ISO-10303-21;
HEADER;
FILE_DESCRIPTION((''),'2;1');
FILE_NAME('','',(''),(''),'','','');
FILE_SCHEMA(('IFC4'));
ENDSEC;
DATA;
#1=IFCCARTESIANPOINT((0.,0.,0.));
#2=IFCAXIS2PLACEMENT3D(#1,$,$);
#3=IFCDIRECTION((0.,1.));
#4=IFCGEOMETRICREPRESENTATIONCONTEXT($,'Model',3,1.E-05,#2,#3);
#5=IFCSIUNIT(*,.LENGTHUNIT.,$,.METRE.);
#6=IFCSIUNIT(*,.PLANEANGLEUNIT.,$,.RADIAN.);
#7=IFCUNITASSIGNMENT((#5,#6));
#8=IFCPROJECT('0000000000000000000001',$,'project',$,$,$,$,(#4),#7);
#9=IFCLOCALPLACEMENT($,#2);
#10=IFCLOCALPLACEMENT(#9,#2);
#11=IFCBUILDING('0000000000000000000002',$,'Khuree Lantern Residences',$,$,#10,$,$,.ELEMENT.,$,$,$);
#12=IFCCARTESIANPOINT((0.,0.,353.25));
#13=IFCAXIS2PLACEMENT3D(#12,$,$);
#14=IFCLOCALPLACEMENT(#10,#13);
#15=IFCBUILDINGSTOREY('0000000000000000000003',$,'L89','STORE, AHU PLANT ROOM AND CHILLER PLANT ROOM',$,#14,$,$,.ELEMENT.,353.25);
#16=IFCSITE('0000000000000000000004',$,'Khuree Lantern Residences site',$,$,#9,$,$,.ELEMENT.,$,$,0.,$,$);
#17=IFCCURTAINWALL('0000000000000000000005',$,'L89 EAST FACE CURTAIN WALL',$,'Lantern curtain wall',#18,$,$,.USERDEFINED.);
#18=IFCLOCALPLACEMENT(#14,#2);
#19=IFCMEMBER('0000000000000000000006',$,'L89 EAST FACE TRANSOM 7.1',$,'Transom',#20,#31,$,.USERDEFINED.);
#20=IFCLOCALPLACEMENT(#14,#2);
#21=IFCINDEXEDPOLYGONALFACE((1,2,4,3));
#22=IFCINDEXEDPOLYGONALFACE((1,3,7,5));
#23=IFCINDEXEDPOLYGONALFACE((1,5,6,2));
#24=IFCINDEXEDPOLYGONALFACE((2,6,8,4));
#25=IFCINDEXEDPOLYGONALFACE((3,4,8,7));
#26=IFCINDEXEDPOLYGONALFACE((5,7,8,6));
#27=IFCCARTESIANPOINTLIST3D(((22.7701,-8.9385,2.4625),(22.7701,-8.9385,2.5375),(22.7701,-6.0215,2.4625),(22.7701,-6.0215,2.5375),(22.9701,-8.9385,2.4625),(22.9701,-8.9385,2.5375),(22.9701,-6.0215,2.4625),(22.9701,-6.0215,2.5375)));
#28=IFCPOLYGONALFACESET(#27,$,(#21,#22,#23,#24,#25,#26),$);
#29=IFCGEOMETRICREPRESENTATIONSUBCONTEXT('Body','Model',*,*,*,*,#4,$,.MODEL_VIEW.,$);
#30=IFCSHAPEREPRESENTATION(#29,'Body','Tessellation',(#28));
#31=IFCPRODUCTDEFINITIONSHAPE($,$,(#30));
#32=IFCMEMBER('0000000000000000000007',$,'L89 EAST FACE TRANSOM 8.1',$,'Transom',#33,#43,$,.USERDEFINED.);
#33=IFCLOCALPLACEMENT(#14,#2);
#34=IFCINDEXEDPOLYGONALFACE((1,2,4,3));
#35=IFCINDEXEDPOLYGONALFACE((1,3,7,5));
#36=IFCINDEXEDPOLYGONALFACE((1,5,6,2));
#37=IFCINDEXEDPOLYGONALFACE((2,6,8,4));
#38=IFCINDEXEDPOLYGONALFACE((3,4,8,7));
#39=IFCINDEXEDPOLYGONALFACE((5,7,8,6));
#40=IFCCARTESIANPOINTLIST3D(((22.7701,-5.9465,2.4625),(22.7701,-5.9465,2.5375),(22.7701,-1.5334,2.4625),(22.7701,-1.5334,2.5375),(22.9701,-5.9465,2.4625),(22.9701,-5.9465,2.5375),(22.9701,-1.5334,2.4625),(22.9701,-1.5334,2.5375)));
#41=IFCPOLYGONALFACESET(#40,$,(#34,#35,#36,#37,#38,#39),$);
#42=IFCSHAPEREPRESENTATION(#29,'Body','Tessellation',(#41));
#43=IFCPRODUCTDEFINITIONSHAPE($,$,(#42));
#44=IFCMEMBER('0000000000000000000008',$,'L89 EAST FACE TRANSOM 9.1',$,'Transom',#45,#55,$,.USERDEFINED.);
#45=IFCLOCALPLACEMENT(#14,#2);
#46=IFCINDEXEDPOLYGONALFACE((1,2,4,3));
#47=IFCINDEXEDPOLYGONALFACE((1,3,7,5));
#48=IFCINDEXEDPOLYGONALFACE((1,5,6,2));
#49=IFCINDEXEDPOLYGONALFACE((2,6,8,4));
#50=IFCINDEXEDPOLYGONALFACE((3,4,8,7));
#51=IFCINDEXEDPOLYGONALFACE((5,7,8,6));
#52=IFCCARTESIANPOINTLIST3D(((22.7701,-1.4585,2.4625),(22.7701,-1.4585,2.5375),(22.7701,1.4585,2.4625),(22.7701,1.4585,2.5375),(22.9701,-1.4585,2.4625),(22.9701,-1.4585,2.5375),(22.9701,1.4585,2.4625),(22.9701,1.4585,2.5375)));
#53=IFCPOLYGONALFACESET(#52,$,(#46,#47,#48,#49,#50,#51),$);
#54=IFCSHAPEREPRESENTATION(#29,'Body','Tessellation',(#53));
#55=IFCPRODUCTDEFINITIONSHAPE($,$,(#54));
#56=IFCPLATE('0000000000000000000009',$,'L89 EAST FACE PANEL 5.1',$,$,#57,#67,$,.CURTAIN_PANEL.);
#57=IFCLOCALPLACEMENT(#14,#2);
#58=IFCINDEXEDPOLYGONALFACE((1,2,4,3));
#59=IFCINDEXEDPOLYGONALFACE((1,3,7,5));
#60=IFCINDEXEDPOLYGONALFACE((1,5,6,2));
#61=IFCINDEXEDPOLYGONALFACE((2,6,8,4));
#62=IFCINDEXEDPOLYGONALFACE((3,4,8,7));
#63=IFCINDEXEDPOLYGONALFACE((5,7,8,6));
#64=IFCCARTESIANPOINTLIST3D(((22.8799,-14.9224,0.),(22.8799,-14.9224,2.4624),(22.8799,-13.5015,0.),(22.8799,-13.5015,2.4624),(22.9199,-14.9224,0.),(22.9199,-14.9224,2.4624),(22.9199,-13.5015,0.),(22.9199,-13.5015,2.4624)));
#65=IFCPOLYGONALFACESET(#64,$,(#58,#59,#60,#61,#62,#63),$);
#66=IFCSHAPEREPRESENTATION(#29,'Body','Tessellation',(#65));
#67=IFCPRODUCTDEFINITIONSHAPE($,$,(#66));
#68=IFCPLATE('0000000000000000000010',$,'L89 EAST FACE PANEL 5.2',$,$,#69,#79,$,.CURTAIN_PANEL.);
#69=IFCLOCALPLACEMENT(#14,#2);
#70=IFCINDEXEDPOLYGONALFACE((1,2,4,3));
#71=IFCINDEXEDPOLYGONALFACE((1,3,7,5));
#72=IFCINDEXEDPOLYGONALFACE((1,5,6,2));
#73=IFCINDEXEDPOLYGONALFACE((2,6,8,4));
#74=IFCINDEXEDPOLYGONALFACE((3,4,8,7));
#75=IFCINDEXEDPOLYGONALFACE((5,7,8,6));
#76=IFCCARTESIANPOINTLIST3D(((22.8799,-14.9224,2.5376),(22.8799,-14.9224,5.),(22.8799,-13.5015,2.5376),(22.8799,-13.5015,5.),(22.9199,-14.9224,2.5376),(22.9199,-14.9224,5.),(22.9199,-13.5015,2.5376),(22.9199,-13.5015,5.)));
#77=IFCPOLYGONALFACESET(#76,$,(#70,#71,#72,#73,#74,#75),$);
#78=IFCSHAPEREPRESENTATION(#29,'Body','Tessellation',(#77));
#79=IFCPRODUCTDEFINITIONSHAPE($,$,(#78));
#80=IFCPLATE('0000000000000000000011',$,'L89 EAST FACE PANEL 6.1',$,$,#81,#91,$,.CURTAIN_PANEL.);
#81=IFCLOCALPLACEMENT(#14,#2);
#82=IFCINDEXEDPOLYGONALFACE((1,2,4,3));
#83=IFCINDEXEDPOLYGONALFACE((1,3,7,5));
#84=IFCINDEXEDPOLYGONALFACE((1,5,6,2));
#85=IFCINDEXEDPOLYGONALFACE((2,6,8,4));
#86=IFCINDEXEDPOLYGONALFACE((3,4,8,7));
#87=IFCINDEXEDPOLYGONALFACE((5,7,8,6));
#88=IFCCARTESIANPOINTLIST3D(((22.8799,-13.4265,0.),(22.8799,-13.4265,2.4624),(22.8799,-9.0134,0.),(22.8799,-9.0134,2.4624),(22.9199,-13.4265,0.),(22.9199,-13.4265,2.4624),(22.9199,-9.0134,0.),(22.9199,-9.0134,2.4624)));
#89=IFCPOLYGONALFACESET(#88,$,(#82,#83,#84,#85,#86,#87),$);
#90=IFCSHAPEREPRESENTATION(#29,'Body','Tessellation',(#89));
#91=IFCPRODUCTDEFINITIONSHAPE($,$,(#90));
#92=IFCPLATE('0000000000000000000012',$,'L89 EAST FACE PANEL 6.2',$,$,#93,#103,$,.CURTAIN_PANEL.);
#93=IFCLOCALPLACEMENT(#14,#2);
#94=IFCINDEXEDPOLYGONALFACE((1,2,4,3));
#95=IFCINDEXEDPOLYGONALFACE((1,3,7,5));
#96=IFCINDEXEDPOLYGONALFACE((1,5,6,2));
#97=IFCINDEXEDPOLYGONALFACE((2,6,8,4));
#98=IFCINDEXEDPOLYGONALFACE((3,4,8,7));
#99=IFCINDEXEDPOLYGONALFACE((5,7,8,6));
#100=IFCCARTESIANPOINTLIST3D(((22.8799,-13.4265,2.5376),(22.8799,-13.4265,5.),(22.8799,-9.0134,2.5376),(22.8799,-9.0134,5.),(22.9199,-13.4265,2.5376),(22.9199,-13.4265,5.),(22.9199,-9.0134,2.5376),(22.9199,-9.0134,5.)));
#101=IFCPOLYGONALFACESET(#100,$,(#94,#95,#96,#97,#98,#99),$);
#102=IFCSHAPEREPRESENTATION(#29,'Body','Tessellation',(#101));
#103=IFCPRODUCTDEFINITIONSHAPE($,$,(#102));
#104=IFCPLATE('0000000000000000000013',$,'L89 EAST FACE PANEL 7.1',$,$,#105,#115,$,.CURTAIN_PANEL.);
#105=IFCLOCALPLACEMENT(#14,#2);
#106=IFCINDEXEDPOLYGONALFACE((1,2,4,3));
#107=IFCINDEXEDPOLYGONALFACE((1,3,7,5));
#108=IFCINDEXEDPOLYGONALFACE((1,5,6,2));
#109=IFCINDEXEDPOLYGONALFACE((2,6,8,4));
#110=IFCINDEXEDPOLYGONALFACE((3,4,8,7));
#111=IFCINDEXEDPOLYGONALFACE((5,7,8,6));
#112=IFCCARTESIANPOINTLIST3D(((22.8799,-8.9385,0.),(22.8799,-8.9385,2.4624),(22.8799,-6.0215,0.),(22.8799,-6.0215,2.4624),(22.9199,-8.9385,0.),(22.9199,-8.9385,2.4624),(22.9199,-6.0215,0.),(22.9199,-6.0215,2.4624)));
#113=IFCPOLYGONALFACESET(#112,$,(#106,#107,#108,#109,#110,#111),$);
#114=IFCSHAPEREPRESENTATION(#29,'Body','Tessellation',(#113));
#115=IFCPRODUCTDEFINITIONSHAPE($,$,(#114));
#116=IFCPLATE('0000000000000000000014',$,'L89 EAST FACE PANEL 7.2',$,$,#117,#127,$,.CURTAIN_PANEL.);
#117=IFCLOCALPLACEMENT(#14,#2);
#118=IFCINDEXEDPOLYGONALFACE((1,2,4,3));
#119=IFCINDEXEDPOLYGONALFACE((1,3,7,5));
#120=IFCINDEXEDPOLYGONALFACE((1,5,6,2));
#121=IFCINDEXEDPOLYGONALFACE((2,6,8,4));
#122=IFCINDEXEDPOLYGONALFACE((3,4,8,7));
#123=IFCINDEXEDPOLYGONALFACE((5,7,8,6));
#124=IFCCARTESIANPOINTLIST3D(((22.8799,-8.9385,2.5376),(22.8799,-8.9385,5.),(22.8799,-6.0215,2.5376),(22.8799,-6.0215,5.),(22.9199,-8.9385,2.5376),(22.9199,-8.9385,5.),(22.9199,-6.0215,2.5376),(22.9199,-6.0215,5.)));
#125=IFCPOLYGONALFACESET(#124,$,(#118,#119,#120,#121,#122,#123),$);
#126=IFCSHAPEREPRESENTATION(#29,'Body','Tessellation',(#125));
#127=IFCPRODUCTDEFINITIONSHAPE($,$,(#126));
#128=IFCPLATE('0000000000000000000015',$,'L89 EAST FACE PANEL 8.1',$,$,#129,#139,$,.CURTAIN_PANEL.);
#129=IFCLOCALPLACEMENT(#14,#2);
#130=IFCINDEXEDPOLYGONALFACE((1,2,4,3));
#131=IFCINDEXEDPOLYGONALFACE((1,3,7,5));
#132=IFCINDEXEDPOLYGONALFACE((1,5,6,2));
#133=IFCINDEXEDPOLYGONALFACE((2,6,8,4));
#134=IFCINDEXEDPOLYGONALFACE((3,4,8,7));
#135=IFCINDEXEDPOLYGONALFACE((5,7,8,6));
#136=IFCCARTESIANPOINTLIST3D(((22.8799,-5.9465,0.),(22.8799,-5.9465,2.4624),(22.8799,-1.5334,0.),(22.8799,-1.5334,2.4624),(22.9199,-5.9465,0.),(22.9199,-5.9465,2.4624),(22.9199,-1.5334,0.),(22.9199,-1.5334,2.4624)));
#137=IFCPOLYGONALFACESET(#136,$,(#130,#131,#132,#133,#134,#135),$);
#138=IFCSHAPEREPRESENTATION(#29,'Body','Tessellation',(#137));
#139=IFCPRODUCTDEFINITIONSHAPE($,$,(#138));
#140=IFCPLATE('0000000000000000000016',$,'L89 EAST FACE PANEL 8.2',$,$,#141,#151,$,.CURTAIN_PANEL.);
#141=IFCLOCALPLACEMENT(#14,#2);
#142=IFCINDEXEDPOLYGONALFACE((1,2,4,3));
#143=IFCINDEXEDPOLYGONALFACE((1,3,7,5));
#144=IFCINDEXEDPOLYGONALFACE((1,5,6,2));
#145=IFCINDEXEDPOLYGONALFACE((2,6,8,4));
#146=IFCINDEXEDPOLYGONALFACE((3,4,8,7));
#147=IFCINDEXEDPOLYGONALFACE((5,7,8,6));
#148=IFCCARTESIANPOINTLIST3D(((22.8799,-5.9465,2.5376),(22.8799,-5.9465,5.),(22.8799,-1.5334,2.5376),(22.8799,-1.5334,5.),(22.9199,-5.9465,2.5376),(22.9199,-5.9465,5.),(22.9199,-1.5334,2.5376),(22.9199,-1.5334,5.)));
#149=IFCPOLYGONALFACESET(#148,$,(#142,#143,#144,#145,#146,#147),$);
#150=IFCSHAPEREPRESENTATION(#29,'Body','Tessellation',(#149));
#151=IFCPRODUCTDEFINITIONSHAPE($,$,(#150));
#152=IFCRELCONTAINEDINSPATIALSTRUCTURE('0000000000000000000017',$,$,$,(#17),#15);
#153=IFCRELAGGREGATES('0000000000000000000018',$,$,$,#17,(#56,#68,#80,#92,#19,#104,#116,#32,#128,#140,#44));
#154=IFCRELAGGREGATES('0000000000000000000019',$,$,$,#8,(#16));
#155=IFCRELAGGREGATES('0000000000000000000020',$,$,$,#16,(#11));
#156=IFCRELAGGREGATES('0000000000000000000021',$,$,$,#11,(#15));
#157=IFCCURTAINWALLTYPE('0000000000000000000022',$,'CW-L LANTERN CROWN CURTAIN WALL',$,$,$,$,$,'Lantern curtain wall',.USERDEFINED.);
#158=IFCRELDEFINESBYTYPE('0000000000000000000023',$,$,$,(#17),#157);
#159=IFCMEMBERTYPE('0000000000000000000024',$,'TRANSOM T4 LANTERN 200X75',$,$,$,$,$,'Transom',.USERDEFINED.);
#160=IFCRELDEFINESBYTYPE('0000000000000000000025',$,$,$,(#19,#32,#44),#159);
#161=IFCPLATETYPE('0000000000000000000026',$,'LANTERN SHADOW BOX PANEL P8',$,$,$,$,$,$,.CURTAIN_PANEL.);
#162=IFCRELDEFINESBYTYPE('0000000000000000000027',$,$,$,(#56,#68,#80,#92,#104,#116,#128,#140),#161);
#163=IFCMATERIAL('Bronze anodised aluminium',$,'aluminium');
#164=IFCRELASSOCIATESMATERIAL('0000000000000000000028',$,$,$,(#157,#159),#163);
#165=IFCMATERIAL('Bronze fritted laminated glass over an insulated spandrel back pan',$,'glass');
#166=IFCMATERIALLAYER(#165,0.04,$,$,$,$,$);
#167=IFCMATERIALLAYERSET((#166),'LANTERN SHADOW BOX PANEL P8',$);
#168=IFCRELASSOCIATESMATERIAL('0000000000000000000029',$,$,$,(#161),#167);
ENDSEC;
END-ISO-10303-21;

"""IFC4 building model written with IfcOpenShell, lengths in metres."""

from ifc_helpers import new_model, si_unit, direction, frame, origin, origin_2d, place, context, subcontext, project, spatial, rectangle, extrude, material, layer, layer_set, material_profile, profile_set, type_object, element, aggregate, save


model = new_model("IFC4")

# Units and contexts
model_context = context("Model", 3, precision=1e-05, world=origin(), true_north=direction((0.0, 1.0)))
body_context = subcontext(model_context, "Body", "Model", "MODEL_VIEW")
ifc_project = project(units=[si_unit("LENGTHUNIT", "METRE"), si_unit("PLANEANGLEUNIT", "RADIAN")], contexts=[model_context])

# Site, building, storey
site_placement = place(None, origin())
site = spatial("IfcSite", under=ifc_project, at=site_placement, Name="Khuree Lantern Residences site", CompositionType="ELEMENT", RefElevation=0.0)
building_placement = place(site_placement, origin())
building = spatial("IfcBuilding", under=site, at=building_placement, Name="Khuree Lantern Residences", CompositionType="ELEMENT")
storey_placement = place(building_placement, frame((0.0, 0.0, 353.25)))
storey = spatial("IfcBuildingStorey", under=building, at=storey_placement, Name="L89", Description="STORE, AHU PLANT ROOM AND CHILLER PLANT ROOM", CompositionType="ELEMENT", Elevation=353.25)

# Curtain wall
ifc_material_1 = material(Name="Bronze anodised aluminium", Category="aluminium")
curtain_wall_type = type_object("IfcCurtainWallType", Name="CW-L LANTERN CROWN CURTAIN WALL", ElementType="Lantern curtain wall", PredefinedType="USERDEFINED", material=ifc_material_1)
curtain_wall_placement = place(storey_placement, origin())
curtain_wall = element("IfcCurtainWall", 1, at=curtain_wall_placement, inside=storey, type_object=curtain_wall_type, Name="L89 EAST FACE CURTAIN WALL", ObjectType="Lantern curtain wall", PredefinedType="USERDEFINED")

# Members
ifc_material_profile_1 = material_profile(ifc_material_1, rectangle(XDim=0.2, YDim=0.075, at=origin_2d()), Name="T4 200X75")
ifc_profile_set_1 = profile_set([ifc_material_profile_1], Name="Bronze anodised aluminium")
member_type_1 = type_object("IfcMemberType", Name="TRANSOM T4 LANTERN 200X75", ElementType="Transom", PredefinedType="USERDEFINED", material=ifc_profile_set_1)
member_1_placement = place(storey_placement, frame((22.8701, -8.9385, 2.5), z_axis=(0.0, 1.0, 0.0), x_axis=(-1.0, 0.0, 0.0)))
member_1 = element("IfcMember", 2, at=member_1_placement, type_object=member_type_1, Name="L89 EAST FACE TRANSOM 7.1", ObjectType="Transom", PredefinedType="USERDEFINED", context=body_context, shape_type="SweptSolid", body=[
    extrude(rectangle(XDim=0.2, YDim=0.075, at=origin_2d()), origin(), (0.0, 0.0, 1.0), 2.917),
])
member_2_placement = place(storey_placement, frame((22.8701, -5.9465, 2.5), z_axis=(0.0, 1.0, 0.0), x_axis=(-1.0, 0.0, 0.0)))
member_2 = element("IfcMember", 3, at=member_2_placement, type_object=member_type_1, Name="L89 EAST FACE TRANSOM 8.1", ObjectType="Transom", PredefinedType="USERDEFINED", context=body_context, shape_type="SweptSolid", body=[
    extrude(rectangle(XDim=0.2, YDim=0.075, at=origin_2d()), origin(), (0.0, 0.0, 1.0), 4.4131),
])
member_3_placement = place(storey_placement, frame((22.8701, -1.4585, 2.5), z_axis=(0.0, 1.0, 0.0), x_axis=(-1.0, 0.0, 0.0)))
member_3 = element("IfcMember", 4, at=member_3_placement, type_object=member_type_1, Name="L89 EAST FACE TRANSOM 9.1", ObjectType="Transom", PredefinedType="USERDEFINED", context=body_context, shape_type="SweptSolid", body=[
    extrude(rectangle(XDim=0.2, YDim=0.075, at=origin_2d()), origin(), (0.0, 0.0, 1.0), 2.917),
])

# Plates
ifc_material_2 = material(Name="Bronze fritted laminated glass over an insulated spandrel back pan", Category="glass")
ifc_layer_1 = layer(ifc_material_2, 0.04)
ifc_layer_set_1 = layer_set([ifc_layer_1], Name="LANTERN SHADOW BOX PANEL P8")
plate_type = type_object("IfcPlateType", Name="LANTERN SHADOW BOX PANEL P8", PredefinedType="CURTAIN_PANEL", material=ifc_layer_set_1)
plate_1_placement = place(storey_placement, frame((22.8999, -14.2119, 0.0), z_axis=(0.0, 0.0, 1.0), x_axis=(0.0, 1.0, 0.0)))
plate_1 = element("IfcPlate", 5, at=plate_1_placement, type_object=plate_type, Name="L89 EAST FACE PANEL 5.1", PredefinedType="CURTAIN_PANEL", context=body_context, shape_type="SweptSolid", body=[
    extrude(rectangle(XDim=1.4209, YDim=0.04, at=origin_2d()), origin(), (0.0, 0.0, 1.0), 2.4624),
])
plate_2_placement = place(storey_placement, frame((22.8999, -14.2119, 2.5376), z_axis=(0.0, 0.0, 1.0), x_axis=(0.0, 1.0, 0.0)))
plate_2 = element("IfcPlate", 6, at=plate_2_placement, type_object=plate_type, Name="L89 EAST FACE PANEL 5.2", PredefinedType="CURTAIN_PANEL", context=body_context, shape_type="SweptSolid", body=[
    extrude(rectangle(XDim=1.4209, YDim=0.04, at=origin_2d()), origin(), (0.0, 0.0, 1.0), 2.4624),
])
plate_3_placement = place(storey_placement, frame((22.8999, -11.22, 0.0), z_axis=(0.0, 0.0, 1.0), x_axis=(0.0, 1.0, 0.0)))
plate_3 = element("IfcPlate", 7, at=plate_3_placement, type_object=plate_type, Name="L89 EAST FACE PANEL 6.1", PredefinedType="CURTAIN_PANEL", context=body_context, shape_type="SweptSolid", body=[
    extrude(rectangle(XDim=4.4131, YDim=0.04, at=origin_2d()), origin(), (0.0, 0.0, 1.0), 2.4624),
])
plate_4_placement = place(storey_placement, frame((22.8999, -11.22, 2.5376), z_axis=(0.0, 0.0, 1.0), x_axis=(0.0, 1.0, 0.0)))
plate_4 = element("IfcPlate", 8, at=plate_4_placement, type_object=plate_type, Name="L89 EAST FACE PANEL 6.2", PredefinedType="CURTAIN_PANEL", context=body_context, shape_type="SweptSolid", body=[
    extrude(rectangle(XDim=4.4131, YDim=0.04, at=origin_2d()), origin(), (0.0, 0.0, 1.0), 2.4624),
])
plate_5_placement = place(storey_placement, frame((22.8999, -7.48, 0.0), z_axis=(0.0, 0.0, 1.0), x_axis=(0.0, 1.0, 0.0)))
plate_5 = element("IfcPlate", 9, at=plate_5_placement, type_object=plate_type, Name="L89 EAST FACE PANEL 7.1", PredefinedType="CURTAIN_PANEL", context=body_context, shape_type="SweptSolid", body=[
    extrude(rectangle(XDim=2.917, YDim=0.04, at=origin_2d()), origin(), (0.0, 0.0, 1.0), 2.4624),
])
plate_6_placement = place(storey_placement, frame((22.8999, -7.48, 2.5376), z_axis=(0.0, 0.0, 1.0), x_axis=(0.0, 1.0, 0.0)))
plate_6 = element("IfcPlate", 10, at=plate_6_placement, type_object=plate_type, Name="L89 EAST FACE PANEL 7.2", PredefinedType="CURTAIN_PANEL", context=body_context, shape_type="SweptSolid", body=[
    extrude(rectangle(XDim=2.917, YDim=0.04, at=origin_2d()), origin(), (0.0, 0.0, 1.0), 2.4624),
])
plate_7_placement = place(storey_placement, frame((22.8999, -3.74, 0.0), z_axis=(0.0, 0.0, 1.0), x_axis=(0.0, 1.0, 0.0)))
plate_7 = element("IfcPlate", 11, at=plate_7_placement, type_object=plate_type, Name="L89 EAST FACE PANEL 8.1", PredefinedType="CURTAIN_PANEL", context=body_context, shape_type="SweptSolid", body=[
    extrude(rectangle(XDim=4.4131, YDim=0.04, at=origin_2d()), origin(), (0.0, 0.0, 1.0), 2.4624),
])
plate_8_placement = place(storey_placement, frame((22.8999, -3.74, 2.5376), z_axis=(0.0, 0.0, 1.0), x_axis=(0.0, 1.0, 0.0)))
plate_8 = element("IfcPlate", 12, at=plate_8_placement, type_object=plate_type, Name="L89 EAST FACE PANEL 8.2", PredefinedType="CURTAIN_PANEL", context=body_context, shape_type="SweptSolid", body=[
    extrude(rectangle(XDim=4.4131, YDim=0.04, at=origin_2d()), origin(), (0.0, 0.0, 1.0), 2.4624),
])
aggregate(curtain_wall, [plate_1, plate_2, plate_3, plate_4, member_1, plate_5, plate_6, member_2, plate_7, plate_8, member_3])

save(model, "model.ifc")
